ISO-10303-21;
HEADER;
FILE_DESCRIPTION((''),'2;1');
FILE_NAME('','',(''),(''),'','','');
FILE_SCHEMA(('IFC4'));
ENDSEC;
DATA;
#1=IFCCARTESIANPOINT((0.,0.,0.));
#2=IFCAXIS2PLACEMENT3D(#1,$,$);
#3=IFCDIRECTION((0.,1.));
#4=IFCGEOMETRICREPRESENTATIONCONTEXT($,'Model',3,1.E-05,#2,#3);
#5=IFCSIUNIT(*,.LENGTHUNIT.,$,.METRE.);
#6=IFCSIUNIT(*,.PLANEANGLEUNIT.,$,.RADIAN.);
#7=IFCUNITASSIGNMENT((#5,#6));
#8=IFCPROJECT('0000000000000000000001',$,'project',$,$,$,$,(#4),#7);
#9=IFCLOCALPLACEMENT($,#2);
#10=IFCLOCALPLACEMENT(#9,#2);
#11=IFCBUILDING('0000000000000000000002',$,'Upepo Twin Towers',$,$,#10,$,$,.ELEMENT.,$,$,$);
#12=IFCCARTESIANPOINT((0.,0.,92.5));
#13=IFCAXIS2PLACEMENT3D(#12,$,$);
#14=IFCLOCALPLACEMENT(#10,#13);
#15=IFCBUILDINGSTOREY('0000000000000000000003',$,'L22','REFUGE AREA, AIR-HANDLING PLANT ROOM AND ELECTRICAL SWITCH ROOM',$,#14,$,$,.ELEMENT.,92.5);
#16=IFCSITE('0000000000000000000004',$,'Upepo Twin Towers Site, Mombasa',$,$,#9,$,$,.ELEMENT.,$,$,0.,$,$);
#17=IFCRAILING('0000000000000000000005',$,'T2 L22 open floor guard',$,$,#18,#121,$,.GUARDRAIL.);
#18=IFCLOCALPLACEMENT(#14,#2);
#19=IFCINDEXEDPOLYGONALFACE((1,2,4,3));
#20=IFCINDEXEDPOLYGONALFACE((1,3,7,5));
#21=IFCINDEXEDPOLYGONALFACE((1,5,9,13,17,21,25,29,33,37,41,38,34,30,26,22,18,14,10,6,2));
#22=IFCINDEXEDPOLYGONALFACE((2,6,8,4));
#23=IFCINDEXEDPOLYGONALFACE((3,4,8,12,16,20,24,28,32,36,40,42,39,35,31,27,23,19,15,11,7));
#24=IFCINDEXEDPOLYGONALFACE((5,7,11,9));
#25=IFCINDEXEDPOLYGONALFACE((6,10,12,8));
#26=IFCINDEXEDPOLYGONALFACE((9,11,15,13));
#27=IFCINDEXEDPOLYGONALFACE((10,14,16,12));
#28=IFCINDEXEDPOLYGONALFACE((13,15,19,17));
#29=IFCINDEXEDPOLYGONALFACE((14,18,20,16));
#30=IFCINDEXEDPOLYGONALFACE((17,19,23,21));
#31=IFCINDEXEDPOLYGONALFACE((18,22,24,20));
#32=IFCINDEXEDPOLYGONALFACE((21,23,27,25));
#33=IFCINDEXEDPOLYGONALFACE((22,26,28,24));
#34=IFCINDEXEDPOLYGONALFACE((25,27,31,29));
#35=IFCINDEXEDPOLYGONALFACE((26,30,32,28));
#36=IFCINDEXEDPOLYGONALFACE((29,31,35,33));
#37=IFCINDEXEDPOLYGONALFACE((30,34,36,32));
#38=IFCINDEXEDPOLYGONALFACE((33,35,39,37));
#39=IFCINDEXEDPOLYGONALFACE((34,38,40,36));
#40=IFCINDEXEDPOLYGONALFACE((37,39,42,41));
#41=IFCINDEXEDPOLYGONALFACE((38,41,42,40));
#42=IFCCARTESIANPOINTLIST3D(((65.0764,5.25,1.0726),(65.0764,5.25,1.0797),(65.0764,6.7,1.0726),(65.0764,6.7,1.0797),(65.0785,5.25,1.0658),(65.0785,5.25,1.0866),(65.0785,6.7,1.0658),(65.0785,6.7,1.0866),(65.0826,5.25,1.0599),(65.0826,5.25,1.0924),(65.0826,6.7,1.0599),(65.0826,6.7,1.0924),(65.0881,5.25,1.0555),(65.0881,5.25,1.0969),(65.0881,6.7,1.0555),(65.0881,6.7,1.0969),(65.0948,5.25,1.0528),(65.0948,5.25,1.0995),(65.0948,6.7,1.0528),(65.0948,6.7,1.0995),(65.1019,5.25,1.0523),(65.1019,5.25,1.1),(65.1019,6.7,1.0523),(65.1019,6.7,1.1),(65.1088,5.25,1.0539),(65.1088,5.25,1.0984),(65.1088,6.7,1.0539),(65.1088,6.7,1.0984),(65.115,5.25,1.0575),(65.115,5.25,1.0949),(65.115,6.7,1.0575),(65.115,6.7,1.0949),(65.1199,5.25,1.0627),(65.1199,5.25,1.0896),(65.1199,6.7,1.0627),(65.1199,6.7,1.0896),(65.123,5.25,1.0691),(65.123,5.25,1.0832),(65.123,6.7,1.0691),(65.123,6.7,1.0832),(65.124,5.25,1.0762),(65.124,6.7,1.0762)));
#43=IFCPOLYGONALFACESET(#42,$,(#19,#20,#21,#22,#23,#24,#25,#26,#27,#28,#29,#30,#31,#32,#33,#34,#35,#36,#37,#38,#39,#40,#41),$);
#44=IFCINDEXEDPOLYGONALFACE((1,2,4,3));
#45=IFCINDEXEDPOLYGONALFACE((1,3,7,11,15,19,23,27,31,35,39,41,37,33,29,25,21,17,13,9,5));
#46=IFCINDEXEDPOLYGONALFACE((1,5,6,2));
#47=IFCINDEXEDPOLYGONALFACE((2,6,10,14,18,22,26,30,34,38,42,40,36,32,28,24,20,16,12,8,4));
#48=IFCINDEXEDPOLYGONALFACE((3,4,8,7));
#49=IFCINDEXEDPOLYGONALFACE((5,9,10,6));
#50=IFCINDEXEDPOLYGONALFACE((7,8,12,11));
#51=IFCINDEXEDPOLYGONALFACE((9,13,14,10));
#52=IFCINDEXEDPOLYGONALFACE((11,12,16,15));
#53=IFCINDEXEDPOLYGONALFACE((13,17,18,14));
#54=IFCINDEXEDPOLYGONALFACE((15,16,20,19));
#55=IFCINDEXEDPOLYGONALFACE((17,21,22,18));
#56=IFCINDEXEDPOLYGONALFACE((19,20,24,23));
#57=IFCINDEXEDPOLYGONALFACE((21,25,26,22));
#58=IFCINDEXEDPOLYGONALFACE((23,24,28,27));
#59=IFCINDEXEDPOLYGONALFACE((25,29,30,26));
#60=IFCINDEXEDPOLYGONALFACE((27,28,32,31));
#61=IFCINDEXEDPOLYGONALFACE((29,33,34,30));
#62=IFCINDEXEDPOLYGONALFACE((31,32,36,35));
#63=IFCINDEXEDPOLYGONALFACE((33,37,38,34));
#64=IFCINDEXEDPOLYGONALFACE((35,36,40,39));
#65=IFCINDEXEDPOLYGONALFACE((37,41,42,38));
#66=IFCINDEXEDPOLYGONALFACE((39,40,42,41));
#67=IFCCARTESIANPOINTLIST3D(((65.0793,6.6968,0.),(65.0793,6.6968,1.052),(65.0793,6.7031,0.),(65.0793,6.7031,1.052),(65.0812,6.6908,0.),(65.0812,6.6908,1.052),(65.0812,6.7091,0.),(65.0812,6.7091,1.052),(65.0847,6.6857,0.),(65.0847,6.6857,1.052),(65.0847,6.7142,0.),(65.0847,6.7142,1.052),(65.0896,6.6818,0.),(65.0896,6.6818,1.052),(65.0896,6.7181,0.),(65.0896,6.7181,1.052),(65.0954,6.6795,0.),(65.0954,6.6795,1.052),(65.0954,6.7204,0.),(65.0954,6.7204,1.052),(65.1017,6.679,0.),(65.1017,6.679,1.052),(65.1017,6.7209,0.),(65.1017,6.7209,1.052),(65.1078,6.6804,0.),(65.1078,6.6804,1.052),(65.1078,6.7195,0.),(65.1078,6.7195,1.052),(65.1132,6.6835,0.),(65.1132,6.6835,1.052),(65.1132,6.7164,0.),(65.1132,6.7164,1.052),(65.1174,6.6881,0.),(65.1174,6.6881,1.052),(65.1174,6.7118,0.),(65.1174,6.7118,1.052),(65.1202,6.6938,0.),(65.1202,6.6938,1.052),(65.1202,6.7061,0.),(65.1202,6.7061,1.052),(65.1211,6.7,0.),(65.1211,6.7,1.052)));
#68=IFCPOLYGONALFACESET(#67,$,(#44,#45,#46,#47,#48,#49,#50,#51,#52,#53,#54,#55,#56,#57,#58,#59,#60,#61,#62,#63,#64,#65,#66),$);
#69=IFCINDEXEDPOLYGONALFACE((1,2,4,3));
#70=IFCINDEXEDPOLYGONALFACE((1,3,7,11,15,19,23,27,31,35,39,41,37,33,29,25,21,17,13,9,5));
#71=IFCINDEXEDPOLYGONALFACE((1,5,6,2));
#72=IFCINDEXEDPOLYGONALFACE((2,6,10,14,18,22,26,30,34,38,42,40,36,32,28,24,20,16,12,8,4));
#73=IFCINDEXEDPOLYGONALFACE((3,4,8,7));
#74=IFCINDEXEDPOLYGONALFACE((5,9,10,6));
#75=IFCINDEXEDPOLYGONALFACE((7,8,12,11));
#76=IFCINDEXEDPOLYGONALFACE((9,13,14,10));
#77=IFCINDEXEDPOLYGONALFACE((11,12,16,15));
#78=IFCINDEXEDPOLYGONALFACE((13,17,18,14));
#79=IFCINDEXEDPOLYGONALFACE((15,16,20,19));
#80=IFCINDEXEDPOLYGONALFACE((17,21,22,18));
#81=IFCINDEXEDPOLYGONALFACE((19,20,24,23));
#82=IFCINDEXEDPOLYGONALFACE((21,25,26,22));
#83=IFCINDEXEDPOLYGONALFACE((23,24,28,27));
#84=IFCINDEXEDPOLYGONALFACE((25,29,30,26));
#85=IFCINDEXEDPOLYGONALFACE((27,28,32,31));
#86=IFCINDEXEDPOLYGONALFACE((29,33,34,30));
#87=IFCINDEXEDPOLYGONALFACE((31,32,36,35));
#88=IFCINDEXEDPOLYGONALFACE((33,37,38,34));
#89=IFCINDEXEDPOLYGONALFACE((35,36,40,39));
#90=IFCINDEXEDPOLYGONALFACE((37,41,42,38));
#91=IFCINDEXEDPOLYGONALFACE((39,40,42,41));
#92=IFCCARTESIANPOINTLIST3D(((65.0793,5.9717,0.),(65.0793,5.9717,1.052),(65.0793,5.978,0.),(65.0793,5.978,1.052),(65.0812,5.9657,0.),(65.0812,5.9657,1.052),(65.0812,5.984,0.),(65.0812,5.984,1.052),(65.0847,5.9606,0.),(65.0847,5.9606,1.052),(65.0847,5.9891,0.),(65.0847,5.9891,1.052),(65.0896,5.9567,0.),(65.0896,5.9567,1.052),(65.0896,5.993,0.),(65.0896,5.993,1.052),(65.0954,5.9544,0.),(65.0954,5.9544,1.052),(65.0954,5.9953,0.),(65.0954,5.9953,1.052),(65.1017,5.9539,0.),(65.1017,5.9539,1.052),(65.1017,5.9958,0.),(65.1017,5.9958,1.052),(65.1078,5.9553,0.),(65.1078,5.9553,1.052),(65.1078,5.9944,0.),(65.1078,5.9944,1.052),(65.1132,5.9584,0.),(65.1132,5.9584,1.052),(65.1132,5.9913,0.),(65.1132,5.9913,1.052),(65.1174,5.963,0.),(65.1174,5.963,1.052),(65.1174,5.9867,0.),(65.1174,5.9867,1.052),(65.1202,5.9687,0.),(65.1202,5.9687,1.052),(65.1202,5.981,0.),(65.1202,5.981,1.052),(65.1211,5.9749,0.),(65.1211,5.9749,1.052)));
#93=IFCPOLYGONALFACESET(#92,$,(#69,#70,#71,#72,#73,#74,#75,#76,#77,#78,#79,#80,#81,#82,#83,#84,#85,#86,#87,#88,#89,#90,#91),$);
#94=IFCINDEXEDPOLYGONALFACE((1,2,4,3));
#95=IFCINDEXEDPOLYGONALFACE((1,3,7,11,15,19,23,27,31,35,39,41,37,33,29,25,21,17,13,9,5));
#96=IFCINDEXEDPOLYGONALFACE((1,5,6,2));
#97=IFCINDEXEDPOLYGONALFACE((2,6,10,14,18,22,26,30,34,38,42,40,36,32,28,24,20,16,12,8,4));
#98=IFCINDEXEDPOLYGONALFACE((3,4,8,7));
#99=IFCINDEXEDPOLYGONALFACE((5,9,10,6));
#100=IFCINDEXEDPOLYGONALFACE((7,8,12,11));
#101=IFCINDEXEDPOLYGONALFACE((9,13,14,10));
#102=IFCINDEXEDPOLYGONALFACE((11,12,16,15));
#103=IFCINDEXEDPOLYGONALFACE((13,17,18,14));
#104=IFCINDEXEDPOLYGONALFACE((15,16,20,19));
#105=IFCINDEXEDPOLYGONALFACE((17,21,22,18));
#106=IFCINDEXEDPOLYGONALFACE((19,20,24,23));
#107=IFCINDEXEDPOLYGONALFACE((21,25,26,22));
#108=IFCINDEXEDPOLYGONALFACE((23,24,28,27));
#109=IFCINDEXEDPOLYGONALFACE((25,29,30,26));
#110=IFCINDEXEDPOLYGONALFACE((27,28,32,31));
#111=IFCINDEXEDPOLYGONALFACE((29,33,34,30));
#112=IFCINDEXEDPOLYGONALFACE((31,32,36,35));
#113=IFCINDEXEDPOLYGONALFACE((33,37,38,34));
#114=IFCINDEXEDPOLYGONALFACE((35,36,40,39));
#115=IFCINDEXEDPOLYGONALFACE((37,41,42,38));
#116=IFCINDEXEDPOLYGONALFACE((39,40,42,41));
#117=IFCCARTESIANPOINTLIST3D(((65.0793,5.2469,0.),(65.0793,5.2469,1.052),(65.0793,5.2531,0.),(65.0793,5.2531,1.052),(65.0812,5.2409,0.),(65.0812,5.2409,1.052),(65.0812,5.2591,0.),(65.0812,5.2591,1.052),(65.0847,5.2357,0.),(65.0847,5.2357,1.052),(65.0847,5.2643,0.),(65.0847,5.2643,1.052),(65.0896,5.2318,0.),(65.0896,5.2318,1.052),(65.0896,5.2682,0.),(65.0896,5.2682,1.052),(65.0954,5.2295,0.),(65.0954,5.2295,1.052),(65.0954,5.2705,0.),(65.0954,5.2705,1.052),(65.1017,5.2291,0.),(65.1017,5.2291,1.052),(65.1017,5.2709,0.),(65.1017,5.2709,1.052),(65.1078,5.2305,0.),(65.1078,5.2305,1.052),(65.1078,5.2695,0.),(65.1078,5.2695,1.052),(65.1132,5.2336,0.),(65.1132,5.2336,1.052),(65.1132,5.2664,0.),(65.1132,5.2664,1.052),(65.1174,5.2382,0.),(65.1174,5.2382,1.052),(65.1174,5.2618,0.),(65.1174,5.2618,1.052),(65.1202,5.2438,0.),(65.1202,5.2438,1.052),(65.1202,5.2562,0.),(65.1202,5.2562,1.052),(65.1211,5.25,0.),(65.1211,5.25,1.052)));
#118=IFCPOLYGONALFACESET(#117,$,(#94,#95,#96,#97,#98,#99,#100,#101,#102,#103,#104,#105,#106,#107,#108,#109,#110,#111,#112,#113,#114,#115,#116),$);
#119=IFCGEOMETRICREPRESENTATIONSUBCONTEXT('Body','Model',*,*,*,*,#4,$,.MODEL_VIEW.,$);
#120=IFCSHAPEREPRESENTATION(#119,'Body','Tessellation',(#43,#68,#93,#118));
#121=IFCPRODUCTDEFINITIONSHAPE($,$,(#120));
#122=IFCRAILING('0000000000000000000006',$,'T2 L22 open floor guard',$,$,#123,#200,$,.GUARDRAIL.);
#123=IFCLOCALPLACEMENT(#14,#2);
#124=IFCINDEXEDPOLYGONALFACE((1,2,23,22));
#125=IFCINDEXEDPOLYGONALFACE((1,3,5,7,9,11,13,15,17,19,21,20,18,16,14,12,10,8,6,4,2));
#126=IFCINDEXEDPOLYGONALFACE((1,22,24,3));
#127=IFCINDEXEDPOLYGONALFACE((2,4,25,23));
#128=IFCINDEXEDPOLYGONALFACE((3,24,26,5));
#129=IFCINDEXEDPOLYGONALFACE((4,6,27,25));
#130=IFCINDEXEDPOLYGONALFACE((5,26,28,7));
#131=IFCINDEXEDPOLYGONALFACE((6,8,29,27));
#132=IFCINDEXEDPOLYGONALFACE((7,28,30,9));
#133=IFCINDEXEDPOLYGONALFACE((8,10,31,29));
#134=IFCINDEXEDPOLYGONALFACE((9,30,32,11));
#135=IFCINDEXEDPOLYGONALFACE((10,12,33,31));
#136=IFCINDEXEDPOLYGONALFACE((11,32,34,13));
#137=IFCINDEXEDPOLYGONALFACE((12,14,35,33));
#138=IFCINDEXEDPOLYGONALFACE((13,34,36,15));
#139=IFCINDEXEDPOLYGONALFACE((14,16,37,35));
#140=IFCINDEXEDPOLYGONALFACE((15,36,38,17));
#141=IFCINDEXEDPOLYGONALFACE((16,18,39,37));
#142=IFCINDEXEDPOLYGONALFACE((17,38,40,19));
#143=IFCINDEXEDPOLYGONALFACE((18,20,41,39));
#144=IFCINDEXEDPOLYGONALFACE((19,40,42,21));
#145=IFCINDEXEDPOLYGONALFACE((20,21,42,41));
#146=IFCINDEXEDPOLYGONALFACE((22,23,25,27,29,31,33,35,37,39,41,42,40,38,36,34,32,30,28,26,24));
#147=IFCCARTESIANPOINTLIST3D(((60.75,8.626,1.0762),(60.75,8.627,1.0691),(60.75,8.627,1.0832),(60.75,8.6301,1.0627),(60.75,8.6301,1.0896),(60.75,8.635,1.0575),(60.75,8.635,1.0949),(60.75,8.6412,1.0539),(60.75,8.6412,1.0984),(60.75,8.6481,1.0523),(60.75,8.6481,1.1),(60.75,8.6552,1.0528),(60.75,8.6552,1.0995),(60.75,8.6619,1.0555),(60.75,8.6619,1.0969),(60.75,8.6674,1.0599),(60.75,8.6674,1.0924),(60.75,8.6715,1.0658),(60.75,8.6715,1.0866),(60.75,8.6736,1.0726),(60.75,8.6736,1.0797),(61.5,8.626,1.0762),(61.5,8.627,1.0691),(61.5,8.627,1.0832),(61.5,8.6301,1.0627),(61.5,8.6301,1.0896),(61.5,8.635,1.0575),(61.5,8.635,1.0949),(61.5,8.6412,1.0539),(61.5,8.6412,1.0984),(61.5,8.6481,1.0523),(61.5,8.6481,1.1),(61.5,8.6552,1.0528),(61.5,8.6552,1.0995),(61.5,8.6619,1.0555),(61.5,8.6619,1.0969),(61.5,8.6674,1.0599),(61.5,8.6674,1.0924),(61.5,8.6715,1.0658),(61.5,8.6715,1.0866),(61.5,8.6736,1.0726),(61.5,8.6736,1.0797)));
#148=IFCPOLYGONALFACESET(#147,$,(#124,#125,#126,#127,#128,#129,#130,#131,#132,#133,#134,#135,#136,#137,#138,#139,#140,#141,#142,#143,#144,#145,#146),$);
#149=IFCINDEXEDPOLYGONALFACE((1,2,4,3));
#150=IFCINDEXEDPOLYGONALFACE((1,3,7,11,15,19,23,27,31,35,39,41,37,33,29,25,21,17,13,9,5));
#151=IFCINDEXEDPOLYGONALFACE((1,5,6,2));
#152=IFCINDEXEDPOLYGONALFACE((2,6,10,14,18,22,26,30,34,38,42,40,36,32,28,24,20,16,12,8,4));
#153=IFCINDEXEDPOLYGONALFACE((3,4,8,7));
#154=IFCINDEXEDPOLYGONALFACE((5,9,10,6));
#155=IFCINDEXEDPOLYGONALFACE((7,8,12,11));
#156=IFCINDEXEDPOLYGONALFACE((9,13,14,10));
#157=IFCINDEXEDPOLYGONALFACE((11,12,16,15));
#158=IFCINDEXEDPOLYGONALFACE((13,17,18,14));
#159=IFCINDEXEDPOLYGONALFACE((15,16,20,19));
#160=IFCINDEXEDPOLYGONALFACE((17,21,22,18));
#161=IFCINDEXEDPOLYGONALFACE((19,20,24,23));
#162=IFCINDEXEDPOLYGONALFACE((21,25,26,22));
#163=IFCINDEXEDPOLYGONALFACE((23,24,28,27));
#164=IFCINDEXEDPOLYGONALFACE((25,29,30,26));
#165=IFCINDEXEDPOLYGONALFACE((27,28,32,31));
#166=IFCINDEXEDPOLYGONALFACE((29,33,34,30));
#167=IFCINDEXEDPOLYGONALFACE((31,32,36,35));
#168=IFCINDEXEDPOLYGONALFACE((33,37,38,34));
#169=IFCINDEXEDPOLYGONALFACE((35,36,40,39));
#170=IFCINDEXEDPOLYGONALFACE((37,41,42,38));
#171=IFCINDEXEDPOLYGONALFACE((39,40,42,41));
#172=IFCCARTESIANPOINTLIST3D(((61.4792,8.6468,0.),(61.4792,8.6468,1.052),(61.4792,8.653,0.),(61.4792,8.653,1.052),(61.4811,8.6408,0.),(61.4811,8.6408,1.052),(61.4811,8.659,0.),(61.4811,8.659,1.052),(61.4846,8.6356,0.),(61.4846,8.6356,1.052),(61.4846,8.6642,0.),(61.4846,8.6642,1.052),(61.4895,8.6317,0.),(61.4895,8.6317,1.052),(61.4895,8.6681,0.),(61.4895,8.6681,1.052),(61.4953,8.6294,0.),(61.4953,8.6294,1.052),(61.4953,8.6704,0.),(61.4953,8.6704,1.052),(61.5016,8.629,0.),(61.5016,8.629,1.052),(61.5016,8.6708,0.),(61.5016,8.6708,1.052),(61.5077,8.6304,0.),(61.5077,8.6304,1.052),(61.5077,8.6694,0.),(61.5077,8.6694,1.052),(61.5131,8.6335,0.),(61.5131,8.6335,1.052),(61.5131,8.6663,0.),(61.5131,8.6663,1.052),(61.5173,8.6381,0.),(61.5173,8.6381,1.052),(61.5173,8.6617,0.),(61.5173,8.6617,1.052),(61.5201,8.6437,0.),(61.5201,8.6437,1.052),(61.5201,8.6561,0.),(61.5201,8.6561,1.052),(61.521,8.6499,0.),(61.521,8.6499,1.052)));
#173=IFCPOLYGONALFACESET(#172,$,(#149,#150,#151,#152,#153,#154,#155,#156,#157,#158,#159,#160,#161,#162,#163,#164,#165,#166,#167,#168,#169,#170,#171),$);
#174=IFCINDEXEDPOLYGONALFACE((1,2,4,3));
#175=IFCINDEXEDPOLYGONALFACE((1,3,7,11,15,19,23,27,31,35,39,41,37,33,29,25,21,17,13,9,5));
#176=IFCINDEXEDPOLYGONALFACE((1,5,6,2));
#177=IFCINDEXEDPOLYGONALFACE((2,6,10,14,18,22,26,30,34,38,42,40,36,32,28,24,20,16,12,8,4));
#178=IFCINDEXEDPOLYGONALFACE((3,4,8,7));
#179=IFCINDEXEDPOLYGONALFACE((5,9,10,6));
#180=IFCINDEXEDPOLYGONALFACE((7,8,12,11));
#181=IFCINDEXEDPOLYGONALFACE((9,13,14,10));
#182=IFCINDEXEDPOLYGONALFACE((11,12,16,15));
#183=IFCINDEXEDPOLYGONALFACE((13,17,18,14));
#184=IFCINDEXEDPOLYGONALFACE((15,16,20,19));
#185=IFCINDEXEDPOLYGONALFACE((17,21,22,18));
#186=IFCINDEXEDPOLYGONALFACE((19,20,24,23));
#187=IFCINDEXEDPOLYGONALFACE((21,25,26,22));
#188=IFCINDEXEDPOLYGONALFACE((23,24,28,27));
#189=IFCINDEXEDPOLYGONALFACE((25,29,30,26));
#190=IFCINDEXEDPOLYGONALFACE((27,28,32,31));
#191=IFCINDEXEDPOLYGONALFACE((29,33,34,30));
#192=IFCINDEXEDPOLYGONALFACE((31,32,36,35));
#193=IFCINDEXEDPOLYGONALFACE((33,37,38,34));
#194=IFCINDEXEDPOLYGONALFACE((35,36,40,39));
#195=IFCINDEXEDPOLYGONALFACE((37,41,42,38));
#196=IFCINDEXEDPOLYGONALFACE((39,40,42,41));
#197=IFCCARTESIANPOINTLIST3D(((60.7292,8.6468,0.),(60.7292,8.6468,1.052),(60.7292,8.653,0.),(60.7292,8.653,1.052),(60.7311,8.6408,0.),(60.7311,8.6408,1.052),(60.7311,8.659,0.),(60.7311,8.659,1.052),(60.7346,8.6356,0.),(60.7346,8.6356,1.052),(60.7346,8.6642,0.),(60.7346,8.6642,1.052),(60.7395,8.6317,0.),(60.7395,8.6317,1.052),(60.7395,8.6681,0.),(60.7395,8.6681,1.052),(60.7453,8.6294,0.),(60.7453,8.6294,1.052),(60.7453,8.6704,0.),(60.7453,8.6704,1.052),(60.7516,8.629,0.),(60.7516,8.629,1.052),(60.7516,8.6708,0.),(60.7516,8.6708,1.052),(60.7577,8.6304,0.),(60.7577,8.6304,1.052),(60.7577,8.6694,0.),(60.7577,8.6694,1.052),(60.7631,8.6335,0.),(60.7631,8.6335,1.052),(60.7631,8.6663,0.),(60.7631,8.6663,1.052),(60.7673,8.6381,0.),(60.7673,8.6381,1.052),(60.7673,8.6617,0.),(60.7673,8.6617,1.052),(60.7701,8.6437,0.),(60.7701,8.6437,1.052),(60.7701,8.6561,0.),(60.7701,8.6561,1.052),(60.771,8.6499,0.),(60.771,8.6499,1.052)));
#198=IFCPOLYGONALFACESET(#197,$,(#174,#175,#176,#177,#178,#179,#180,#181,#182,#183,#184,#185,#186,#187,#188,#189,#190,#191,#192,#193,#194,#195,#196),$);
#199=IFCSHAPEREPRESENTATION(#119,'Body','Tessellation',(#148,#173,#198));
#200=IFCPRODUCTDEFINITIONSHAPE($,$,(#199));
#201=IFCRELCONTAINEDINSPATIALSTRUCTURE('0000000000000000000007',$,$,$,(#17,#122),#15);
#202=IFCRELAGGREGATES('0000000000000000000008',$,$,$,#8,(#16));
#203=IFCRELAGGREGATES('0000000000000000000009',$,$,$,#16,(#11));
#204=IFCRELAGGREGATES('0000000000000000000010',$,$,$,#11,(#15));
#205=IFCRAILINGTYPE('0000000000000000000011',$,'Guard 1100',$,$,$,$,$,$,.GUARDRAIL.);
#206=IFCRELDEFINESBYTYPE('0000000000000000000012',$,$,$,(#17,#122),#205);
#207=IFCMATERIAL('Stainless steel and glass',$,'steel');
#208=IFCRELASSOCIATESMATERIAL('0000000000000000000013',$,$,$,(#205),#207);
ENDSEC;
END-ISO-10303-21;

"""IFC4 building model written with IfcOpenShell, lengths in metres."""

from ifc_helpers import new_model, si_unit, direction, frame, origin, origin_2d, place, context, subcontext, project, spatial, circle, extrude, material, type_object, element, save


model = new_model("IFC4")

# Units and contexts
model_context = context("Model", 3, precision=1e-05, world=origin(), true_north=direction((0.0, 1.0)))
body_context = subcontext(model_context, "Body", "Model", "MODEL_VIEW")
ifc_project = project(units=[si_unit("LENGTHUNIT", "METRE"), si_unit("PLANEANGLEUNIT", "RADIAN")], contexts=[model_context])

# Site, building, storey
site_placement = place(None, origin())
site = spatial("IfcSite", under=ifc_project, at=site_placement, Name="Upepo Twin Towers Site, Mombasa", CompositionType="ELEMENT", RefElevation=0.0)
building_placement = place(site_placement, origin())
building = spatial("IfcBuilding", under=site, at=building_placement, Name="Upepo Twin Towers", CompositionType="ELEMENT")
storey_placement = place(building_placement, frame((0.0, 0.0, 92.5)))
storey = spatial("IfcBuildingStorey", under=building, at=storey_placement, Name="L22", Description="REFUGE AREA, AIR-HANDLING PLANT ROOM AND ELECTRICAL SWITCH ROOM", CompositionType="ELEMENT", Elevation=92.5)

# Railings
ifc_material_1 = material(Name="Stainless steel and glass", Category="steel")
railing_type = type_object("IfcRailingType", Name="Guard 1100", PredefinedType="GUARDRAIL", material=ifc_material_1)
railing_placement = place(storey_placement, frame((65.1001, 6.7, 0.0)))
element("IfcRailing", 1, at=railing_placement, inside=storey, type_object=railing_type, Name="T2 L22 open floor guard", PredefinedType="GUARDRAIL", context=body_context, shape_type="SweptSolid", body=[
    extrude(circle(Radius=0.0239, at=origin_2d()), frame((0.0, 0.0, 1.0762), z_axis=(0.0, -1.0, 0.0), x_axis=(1.0, 0.0, 0.0)), (0.0, 0.0, 1.0), 1.45),
    extrude(circle(Radius=0.021, at=origin_2d()), origin(), (0.0, 0.0, 1.0), 1.052),
    extrude(circle(Radius=0.021, at=origin_2d()), frame((0.0, -0.7251, 0.0)), (0.0, 0.0, 1.0), 1.052),
    extrude(circle(Radius=0.021, at=origin_2d()), frame((0.0, -1.45, 0.0)), (0.0, 0.0, 1.0), 1.052),
])
for number, where, name in (
    (2, (61.5, 8.6499, 0.0), "T2 L22 open floor guard"),
):
    element("IfcRailing", number, at=place(storey_placement, frame(where)), inside=storey, type_object=railing_type, Name=name, PredefinedType="GUARDRAIL", context=body_context, shape_type="SweptSolid", body=[
        extrude(circle(Radius=0.0239, at=origin_2d()), frame((0.0, 0.0, 1.0762), z_axis=(-1.0, 0.0, 0.0), x_axis=(0.0, -1.0, 0.0)), (0.0, 0.0, 1.0), 0.75),
        extrude(circle(Radius=0.021, at=origin_2d()), origin(), (0.0, 0.0, 1.0), 1.052),
        extrude(circle(Radius=0.021, at=origin_2d()), frame((-0.75, 0.0, 0.0)), (0.0, 0.0, 1.0), 1.052),
    ])

save(model, "model.ifc")
